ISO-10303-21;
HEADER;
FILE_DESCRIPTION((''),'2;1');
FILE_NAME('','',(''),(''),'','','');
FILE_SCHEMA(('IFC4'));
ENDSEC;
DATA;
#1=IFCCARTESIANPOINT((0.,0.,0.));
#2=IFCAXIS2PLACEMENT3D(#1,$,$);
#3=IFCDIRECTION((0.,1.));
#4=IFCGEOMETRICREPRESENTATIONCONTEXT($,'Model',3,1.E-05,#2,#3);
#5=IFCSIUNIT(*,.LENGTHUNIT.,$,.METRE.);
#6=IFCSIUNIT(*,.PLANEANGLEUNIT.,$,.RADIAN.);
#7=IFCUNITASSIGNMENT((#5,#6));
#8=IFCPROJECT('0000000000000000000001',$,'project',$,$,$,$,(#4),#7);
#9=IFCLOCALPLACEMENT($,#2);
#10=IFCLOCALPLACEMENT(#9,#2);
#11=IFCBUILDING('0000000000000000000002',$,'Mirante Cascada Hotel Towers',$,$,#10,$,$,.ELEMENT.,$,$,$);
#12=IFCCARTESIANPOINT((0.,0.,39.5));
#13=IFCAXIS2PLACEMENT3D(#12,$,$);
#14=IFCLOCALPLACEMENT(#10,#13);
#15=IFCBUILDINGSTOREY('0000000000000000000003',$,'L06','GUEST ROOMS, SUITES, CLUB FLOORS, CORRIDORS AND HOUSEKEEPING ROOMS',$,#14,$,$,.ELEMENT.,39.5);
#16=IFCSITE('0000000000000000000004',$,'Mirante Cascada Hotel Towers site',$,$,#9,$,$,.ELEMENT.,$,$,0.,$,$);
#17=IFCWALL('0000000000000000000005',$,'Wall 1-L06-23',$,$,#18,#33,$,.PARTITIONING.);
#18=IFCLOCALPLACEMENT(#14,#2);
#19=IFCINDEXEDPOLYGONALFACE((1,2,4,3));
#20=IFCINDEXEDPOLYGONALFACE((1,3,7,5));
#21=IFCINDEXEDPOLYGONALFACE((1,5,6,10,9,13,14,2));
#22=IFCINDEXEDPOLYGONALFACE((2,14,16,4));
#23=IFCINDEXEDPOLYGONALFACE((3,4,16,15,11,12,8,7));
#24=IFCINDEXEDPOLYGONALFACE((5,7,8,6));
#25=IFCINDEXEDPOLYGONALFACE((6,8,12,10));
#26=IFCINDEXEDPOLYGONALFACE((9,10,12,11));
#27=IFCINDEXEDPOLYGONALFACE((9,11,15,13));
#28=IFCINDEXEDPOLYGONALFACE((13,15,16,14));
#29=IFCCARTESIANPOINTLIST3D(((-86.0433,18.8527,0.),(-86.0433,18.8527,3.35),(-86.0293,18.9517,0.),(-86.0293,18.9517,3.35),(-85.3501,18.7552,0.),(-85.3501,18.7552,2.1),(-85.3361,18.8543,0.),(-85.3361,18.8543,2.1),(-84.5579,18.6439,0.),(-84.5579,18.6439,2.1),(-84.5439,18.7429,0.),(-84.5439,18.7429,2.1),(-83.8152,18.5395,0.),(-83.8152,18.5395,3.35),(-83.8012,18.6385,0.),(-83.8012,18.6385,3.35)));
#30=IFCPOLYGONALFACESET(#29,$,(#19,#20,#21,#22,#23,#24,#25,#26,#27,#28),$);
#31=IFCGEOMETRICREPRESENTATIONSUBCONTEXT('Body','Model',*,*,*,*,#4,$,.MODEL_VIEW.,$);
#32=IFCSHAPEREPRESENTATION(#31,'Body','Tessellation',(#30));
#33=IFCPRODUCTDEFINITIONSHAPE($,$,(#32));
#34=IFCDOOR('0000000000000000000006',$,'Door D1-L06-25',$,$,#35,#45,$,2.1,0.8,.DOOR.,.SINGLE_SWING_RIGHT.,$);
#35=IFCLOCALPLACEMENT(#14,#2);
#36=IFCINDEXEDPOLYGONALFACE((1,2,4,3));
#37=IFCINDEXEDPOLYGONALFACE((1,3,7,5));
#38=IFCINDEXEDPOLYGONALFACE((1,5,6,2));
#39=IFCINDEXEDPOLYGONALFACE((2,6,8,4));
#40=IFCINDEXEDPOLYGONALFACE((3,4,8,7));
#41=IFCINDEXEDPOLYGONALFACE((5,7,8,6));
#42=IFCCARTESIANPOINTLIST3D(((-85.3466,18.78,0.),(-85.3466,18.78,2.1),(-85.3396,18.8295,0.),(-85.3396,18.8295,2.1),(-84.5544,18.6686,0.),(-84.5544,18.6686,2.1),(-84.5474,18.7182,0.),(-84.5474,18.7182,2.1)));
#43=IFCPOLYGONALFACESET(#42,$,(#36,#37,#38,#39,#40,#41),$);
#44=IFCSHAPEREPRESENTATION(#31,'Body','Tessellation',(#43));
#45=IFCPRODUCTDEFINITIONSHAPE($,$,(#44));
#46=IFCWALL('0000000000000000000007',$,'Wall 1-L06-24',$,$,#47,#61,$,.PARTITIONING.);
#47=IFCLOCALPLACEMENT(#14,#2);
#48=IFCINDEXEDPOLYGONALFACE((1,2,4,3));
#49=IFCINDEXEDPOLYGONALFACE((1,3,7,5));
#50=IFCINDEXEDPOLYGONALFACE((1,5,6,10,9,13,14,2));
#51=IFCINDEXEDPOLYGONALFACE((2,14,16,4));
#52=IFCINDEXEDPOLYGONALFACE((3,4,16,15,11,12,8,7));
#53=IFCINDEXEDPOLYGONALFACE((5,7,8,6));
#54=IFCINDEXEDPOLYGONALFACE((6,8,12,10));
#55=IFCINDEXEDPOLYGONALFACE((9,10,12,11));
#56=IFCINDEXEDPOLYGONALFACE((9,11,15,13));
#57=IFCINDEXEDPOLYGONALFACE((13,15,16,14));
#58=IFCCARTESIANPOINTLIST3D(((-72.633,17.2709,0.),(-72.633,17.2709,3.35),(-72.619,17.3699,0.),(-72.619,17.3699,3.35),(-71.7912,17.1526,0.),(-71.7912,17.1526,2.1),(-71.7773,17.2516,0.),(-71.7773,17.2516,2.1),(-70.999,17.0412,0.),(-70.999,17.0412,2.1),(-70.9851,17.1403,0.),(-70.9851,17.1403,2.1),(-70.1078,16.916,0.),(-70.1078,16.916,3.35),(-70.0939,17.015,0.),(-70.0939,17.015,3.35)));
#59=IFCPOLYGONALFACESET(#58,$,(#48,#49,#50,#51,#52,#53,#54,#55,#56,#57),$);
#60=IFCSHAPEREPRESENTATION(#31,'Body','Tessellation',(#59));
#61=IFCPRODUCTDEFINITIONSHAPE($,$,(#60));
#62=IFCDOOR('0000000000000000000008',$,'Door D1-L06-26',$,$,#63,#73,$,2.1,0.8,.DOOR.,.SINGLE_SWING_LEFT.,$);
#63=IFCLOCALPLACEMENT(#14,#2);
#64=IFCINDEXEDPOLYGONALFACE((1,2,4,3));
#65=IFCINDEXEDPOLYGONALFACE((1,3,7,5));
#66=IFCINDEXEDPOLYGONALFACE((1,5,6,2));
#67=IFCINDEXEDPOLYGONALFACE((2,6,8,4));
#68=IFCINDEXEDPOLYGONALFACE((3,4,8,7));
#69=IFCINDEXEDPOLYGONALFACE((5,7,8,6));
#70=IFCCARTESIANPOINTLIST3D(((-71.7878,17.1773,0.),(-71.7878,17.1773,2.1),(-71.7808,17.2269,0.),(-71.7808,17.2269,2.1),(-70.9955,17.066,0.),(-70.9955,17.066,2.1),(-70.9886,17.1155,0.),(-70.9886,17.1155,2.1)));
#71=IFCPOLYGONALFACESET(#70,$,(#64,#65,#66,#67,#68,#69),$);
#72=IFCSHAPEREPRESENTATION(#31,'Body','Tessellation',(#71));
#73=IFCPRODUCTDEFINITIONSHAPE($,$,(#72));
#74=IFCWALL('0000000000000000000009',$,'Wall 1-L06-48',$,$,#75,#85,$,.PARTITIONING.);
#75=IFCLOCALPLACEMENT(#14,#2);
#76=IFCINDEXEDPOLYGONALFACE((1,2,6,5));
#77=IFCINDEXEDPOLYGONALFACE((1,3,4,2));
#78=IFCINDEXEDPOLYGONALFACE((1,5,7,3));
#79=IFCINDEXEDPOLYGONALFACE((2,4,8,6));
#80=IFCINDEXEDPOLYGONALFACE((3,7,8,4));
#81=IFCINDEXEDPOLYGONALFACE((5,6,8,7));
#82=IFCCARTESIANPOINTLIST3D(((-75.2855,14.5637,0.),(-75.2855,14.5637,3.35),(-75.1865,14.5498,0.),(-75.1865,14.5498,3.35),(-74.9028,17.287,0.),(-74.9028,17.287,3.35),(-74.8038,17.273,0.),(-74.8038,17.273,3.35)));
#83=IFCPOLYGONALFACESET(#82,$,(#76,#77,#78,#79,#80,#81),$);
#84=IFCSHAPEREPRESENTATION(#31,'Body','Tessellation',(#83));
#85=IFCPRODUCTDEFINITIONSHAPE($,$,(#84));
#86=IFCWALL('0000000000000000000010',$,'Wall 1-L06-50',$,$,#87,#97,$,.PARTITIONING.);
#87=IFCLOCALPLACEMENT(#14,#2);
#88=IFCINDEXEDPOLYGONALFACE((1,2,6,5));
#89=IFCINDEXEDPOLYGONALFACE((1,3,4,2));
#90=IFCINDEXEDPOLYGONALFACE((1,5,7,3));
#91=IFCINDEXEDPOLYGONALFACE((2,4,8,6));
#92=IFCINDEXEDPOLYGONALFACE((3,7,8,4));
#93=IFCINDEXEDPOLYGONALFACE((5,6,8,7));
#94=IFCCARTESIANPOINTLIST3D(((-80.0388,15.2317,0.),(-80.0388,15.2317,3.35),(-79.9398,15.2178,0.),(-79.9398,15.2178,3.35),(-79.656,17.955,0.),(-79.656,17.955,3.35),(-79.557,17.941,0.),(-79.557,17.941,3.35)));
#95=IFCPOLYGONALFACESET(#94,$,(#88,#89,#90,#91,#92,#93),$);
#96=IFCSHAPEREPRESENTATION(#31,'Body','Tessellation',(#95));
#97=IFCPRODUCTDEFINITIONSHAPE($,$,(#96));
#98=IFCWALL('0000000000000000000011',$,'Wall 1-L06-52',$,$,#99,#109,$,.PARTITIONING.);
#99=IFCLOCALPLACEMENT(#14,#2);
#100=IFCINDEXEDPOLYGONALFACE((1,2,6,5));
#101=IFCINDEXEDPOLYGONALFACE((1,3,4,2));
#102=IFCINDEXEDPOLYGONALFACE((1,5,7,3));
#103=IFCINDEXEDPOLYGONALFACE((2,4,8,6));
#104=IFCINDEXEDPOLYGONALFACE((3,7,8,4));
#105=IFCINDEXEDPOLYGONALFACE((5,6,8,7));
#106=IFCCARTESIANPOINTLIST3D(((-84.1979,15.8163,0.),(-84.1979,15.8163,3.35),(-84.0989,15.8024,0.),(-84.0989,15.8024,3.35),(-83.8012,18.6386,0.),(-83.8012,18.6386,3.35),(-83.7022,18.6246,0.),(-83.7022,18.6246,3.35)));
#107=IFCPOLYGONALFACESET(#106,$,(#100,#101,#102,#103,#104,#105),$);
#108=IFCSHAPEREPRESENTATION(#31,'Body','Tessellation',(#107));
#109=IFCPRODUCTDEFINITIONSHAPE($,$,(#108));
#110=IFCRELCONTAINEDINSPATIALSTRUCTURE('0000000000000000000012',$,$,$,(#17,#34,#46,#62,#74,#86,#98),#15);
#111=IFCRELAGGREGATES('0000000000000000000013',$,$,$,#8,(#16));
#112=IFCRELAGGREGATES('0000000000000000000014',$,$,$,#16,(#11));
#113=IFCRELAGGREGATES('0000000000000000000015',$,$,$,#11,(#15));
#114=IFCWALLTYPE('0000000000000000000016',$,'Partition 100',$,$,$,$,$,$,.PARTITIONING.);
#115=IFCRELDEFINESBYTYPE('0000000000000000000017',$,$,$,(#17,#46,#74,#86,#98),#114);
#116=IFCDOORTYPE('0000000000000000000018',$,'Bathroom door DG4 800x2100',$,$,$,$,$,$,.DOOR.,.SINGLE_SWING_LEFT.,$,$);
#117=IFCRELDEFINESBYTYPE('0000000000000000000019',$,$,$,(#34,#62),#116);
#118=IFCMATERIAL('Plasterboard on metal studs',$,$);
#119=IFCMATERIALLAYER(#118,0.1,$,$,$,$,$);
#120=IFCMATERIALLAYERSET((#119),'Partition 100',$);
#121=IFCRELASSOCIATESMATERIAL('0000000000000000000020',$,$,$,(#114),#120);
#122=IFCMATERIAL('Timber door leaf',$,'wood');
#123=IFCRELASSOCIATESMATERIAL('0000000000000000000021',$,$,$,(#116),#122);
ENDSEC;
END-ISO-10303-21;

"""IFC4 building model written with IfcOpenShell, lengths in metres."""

from ifc_helpers import new_model, si_unit, direction, frame, frame_2d, origin, place, context, subcontext, project, spatial, rectangle, extrude, material, layer, layer_set, type_object, element, fill, save


model = new_model("IFC4")

# Units and contexts
model_context = context("Model", 3, precision=1e-05, world=origin(), true_north=direction((0.0, 1.0)))
body_context = subcontext(model_context, "Body", "Model", "MODEL_VIEW")
ifc_project = project(units=[si_unit("LENGTHUNIT", "METRE"), si_unit("PLANEANGLEUNIT", "RADIAN")], contexts=[model_context])

# Site, building, storey
site_placement = place(None, origin())
site = spatial("IfcSite", under=ifc_project, at=site_placement, Name="Mirante Cascada Hotel Towers site", CompositionType="ELEMENT", RefElevation=0.0)
building_placement = place(site_placement, origin())
building = spatial("IfcBuilding", under=site, at=building_placement, Name="Mirante Cascada Hotel Towers", CompositionType="ELEMENT")
storey_placement = place(building_placement, frame((0.0, 0.0, 39.5)))
storey = spatial("IfcBuildingStorey", under=building, at=storey_placement, Name="L06", Description="GUEST ROOMS, SUITES, CLUB FLOORS, CORRIDORS AND HOUSEKEEPING ROOMS", CompositionType="ELEMENT", Elevation=39.5)

# Shared definitions
ifc_material_1 = material(Name="Plasterboard on metal studs")
ifc_layer_1 = layer(ifc_material_1, 0.1)
ifc_layer_set_1 = layer_set([ifc_layer_1], Name="Partition 100")
wall_type_1 = type_object("IfcWallType", Name="Partition 100", PredefinedType="PARTITIONING", material=ifc_layer_set_1)
ifc_material_2 = material(Name="Timber door leaf", Category="wood")
door_type = type_object("IfcDoorType", Name="Bathroom door DG4 800x2100", OperationType="SINGLE_SWING_LEFT", PredefinedType="DOOR", material=ifc_material_2)

# Walls, openings, doors
wall_1_placement = place(storey_placement, frame((-83.8082, 18.589, 0.0), z_axis=(0.0, 0.0, 1.0), x_axis=(-0.990264, 0.1392, 0.0)))
wall_1 = element("IfcWall", 1, at=wall_1_placement, inside=storey, type_object=wall_type_1, Name="Wall 1-L06-23", PredefinedType="PARTITIONING", context=body_context, shape_type="SweptSolid", body=[
    extrude(rectangle(XDim=2.25, YDim=0.1, at=frame_2d((1.125, 0.0))), origin(), (0.0, 0.0, 1.0), 3.35),
])
opening_1_placement = place(wall_1_placement, frame((0.75, 0.0, 0.0)))
opening_1 = element("IfcOpeningElement", 2, at=opening_1_placement, cuts=wall_1, PredefinedType="OPENING", context=body_context, shape_type="SweptSolid", body=[
    extrude(rectangle(XDim=0.8, YDim=2.1, at=frame_2d((0.4, 1.05))), frame((0.0, 0.05, 0.0), z_axis=(0.0, -1.0, 0.0), x_axis=(1.0, 0.0, 0.0)), (0.0, 0.0, 1.0), 0.1),
])
door_1_placement = place(opening_1_placement, frame((0.8, 0.0, 0.0), z_axis=(0.0, 0.0, 1.0), x_axis=(-1.0, 0.0, 0.0)))
door_1 = element("IfcDoor", 3, at=door_1_placement, inside=storey, type_object=door_type, Name="Door D1-L06-25", OperationType="SINGLE_SWING_RIGHT", OverallHeight=2.1, OverallWidth=0.8, PredefinedType="DOOR", context=body_context, shape_type="SweptSolid", body=[
    extrude(rectangle(XDim=0.8, YDim=2.1, at=frame_2d((0.4, 1.05))), frame((0.0, 0.025, 0.0), z_axis=(0.0, -1.0, 0.0), x_axis=(1.0, 0.0, 0.0)), (0.0, 0.0, 1.0), 0.05),
])
fill(opening_1, door_1)
wall_2_placement = place(storey_placement, frame((-72.626, 17.3204, 0.0), z_axis=(0.0, 0.0, 1.0), x_axis=(0.990268, -0.139176, 0.0)))
wall_2 = element("IfcWall", 4, at=wall_2_placement, inside=storey, type_object=wall_type_1, Name="Wall 1-L06-24", PredefinedType="PARTITIONING", context=body_context, shape_type="SweptSolid", body=[
    extrude(rectangle(XDim=2.55, YDim=0.1, at=frame_2d((1.275, 0.0))), origin(), (0.0, 0.0, 1.0), 3.35),
])
opening_2_placement = place(wall_2_placement, frame((0.85, 0.0, 0.0)))
opening_2 = element("IfcOpeningElement", 5, at=opening_2_placement, cuts=wall_2, PredefinedType="OPENING", context=body_context, shape_type="SweptSolid", body=[
    extrude(rectangle(XDim=0.8, YDim=2.1, at=frame_2d((0.4, 1.05))), frame((0.0, 0.05, 0.0), z_axis=(0.0, -1.0, 0.0), x_axis=(1.0, 0.0, 0.0)), (0.0, 0.0, 1.0), 0.1),
])
door_2_placement = place(opening_2_placement, origin())
door_2 = element("IfcDoor", 6, at=door_2_placement, inside=storey, type_object=door_type, Name="Door D1-L06-26", OperationType="SINGLE_SWING_LEFT", OverallHeight=2.1, OverallWidth=0.8, PredefinedType="DOOR", context=body_context, shape_type="SweptSolid", body=[
    extrude(rectangle(XDim=0.8, YDim=2.1, at=frame_2d((0.4, 1.05))), frame((0.0, 0.025, 0.0), z_axis=(0.0, -1.0, 0.0), x_axis=(1.0, 0.0, 0.0)), (0.0, 0.0, 1.0), 0.05),
])
fill(opening_2, door_2)

# Walls
for number, where, z_axis, x_axis, name in (
    (7, (-74.8533, 17.28, 0.0), (0.0, 0.0, 1.0), (-0.139166, -0.990269, 0.0), "Wall 1-L06-48"),
    (8, (-79.6065, 17.948, 0.0), (0.0, 0.0, 1.0), (-0.139201, -0.990264, 0.0), "Wall 1-L06-50"),
):
    element("IfcWall", number, at=place(storey_placement, frame(where, z_axis=z_axis, x_axis=x_axis)), inside=storey, type_object=wall_type_1, Name=name, PredefinedType="PARTITIONING", context=body_context, shape_type="SweptSolid", body=[
        extrude(rectangle(XDim=2.75, YDim=0.1, at=frame_2d((1.375, 0.0))), origin(), (0.0, 0.0, 1.0), 3.35),
    ])
wall_3_placement = place(storey_placement, frame((-83.7517, 18.6316, 0.0), z_axis=(0.0, 0.0, 1.0), x_axis=(-0.139191, -0.990266, 0.0)))
element("IfcWall", 9, at=wall_3_placement, inside=storey, type_object=wall_type_1, Name="Wall 1-L06-52", PredefinedType="PARTITIONING", context=body_context, shape_type="SweptSolid", body=[
    extrude(rectangle(XDim=2.85, YDim=0.1, at=frame_2d((1.425, 0.0))), origin(), (0.0, 0.0, 1.0), 3.35),
])

save(model, "model.ifc")
